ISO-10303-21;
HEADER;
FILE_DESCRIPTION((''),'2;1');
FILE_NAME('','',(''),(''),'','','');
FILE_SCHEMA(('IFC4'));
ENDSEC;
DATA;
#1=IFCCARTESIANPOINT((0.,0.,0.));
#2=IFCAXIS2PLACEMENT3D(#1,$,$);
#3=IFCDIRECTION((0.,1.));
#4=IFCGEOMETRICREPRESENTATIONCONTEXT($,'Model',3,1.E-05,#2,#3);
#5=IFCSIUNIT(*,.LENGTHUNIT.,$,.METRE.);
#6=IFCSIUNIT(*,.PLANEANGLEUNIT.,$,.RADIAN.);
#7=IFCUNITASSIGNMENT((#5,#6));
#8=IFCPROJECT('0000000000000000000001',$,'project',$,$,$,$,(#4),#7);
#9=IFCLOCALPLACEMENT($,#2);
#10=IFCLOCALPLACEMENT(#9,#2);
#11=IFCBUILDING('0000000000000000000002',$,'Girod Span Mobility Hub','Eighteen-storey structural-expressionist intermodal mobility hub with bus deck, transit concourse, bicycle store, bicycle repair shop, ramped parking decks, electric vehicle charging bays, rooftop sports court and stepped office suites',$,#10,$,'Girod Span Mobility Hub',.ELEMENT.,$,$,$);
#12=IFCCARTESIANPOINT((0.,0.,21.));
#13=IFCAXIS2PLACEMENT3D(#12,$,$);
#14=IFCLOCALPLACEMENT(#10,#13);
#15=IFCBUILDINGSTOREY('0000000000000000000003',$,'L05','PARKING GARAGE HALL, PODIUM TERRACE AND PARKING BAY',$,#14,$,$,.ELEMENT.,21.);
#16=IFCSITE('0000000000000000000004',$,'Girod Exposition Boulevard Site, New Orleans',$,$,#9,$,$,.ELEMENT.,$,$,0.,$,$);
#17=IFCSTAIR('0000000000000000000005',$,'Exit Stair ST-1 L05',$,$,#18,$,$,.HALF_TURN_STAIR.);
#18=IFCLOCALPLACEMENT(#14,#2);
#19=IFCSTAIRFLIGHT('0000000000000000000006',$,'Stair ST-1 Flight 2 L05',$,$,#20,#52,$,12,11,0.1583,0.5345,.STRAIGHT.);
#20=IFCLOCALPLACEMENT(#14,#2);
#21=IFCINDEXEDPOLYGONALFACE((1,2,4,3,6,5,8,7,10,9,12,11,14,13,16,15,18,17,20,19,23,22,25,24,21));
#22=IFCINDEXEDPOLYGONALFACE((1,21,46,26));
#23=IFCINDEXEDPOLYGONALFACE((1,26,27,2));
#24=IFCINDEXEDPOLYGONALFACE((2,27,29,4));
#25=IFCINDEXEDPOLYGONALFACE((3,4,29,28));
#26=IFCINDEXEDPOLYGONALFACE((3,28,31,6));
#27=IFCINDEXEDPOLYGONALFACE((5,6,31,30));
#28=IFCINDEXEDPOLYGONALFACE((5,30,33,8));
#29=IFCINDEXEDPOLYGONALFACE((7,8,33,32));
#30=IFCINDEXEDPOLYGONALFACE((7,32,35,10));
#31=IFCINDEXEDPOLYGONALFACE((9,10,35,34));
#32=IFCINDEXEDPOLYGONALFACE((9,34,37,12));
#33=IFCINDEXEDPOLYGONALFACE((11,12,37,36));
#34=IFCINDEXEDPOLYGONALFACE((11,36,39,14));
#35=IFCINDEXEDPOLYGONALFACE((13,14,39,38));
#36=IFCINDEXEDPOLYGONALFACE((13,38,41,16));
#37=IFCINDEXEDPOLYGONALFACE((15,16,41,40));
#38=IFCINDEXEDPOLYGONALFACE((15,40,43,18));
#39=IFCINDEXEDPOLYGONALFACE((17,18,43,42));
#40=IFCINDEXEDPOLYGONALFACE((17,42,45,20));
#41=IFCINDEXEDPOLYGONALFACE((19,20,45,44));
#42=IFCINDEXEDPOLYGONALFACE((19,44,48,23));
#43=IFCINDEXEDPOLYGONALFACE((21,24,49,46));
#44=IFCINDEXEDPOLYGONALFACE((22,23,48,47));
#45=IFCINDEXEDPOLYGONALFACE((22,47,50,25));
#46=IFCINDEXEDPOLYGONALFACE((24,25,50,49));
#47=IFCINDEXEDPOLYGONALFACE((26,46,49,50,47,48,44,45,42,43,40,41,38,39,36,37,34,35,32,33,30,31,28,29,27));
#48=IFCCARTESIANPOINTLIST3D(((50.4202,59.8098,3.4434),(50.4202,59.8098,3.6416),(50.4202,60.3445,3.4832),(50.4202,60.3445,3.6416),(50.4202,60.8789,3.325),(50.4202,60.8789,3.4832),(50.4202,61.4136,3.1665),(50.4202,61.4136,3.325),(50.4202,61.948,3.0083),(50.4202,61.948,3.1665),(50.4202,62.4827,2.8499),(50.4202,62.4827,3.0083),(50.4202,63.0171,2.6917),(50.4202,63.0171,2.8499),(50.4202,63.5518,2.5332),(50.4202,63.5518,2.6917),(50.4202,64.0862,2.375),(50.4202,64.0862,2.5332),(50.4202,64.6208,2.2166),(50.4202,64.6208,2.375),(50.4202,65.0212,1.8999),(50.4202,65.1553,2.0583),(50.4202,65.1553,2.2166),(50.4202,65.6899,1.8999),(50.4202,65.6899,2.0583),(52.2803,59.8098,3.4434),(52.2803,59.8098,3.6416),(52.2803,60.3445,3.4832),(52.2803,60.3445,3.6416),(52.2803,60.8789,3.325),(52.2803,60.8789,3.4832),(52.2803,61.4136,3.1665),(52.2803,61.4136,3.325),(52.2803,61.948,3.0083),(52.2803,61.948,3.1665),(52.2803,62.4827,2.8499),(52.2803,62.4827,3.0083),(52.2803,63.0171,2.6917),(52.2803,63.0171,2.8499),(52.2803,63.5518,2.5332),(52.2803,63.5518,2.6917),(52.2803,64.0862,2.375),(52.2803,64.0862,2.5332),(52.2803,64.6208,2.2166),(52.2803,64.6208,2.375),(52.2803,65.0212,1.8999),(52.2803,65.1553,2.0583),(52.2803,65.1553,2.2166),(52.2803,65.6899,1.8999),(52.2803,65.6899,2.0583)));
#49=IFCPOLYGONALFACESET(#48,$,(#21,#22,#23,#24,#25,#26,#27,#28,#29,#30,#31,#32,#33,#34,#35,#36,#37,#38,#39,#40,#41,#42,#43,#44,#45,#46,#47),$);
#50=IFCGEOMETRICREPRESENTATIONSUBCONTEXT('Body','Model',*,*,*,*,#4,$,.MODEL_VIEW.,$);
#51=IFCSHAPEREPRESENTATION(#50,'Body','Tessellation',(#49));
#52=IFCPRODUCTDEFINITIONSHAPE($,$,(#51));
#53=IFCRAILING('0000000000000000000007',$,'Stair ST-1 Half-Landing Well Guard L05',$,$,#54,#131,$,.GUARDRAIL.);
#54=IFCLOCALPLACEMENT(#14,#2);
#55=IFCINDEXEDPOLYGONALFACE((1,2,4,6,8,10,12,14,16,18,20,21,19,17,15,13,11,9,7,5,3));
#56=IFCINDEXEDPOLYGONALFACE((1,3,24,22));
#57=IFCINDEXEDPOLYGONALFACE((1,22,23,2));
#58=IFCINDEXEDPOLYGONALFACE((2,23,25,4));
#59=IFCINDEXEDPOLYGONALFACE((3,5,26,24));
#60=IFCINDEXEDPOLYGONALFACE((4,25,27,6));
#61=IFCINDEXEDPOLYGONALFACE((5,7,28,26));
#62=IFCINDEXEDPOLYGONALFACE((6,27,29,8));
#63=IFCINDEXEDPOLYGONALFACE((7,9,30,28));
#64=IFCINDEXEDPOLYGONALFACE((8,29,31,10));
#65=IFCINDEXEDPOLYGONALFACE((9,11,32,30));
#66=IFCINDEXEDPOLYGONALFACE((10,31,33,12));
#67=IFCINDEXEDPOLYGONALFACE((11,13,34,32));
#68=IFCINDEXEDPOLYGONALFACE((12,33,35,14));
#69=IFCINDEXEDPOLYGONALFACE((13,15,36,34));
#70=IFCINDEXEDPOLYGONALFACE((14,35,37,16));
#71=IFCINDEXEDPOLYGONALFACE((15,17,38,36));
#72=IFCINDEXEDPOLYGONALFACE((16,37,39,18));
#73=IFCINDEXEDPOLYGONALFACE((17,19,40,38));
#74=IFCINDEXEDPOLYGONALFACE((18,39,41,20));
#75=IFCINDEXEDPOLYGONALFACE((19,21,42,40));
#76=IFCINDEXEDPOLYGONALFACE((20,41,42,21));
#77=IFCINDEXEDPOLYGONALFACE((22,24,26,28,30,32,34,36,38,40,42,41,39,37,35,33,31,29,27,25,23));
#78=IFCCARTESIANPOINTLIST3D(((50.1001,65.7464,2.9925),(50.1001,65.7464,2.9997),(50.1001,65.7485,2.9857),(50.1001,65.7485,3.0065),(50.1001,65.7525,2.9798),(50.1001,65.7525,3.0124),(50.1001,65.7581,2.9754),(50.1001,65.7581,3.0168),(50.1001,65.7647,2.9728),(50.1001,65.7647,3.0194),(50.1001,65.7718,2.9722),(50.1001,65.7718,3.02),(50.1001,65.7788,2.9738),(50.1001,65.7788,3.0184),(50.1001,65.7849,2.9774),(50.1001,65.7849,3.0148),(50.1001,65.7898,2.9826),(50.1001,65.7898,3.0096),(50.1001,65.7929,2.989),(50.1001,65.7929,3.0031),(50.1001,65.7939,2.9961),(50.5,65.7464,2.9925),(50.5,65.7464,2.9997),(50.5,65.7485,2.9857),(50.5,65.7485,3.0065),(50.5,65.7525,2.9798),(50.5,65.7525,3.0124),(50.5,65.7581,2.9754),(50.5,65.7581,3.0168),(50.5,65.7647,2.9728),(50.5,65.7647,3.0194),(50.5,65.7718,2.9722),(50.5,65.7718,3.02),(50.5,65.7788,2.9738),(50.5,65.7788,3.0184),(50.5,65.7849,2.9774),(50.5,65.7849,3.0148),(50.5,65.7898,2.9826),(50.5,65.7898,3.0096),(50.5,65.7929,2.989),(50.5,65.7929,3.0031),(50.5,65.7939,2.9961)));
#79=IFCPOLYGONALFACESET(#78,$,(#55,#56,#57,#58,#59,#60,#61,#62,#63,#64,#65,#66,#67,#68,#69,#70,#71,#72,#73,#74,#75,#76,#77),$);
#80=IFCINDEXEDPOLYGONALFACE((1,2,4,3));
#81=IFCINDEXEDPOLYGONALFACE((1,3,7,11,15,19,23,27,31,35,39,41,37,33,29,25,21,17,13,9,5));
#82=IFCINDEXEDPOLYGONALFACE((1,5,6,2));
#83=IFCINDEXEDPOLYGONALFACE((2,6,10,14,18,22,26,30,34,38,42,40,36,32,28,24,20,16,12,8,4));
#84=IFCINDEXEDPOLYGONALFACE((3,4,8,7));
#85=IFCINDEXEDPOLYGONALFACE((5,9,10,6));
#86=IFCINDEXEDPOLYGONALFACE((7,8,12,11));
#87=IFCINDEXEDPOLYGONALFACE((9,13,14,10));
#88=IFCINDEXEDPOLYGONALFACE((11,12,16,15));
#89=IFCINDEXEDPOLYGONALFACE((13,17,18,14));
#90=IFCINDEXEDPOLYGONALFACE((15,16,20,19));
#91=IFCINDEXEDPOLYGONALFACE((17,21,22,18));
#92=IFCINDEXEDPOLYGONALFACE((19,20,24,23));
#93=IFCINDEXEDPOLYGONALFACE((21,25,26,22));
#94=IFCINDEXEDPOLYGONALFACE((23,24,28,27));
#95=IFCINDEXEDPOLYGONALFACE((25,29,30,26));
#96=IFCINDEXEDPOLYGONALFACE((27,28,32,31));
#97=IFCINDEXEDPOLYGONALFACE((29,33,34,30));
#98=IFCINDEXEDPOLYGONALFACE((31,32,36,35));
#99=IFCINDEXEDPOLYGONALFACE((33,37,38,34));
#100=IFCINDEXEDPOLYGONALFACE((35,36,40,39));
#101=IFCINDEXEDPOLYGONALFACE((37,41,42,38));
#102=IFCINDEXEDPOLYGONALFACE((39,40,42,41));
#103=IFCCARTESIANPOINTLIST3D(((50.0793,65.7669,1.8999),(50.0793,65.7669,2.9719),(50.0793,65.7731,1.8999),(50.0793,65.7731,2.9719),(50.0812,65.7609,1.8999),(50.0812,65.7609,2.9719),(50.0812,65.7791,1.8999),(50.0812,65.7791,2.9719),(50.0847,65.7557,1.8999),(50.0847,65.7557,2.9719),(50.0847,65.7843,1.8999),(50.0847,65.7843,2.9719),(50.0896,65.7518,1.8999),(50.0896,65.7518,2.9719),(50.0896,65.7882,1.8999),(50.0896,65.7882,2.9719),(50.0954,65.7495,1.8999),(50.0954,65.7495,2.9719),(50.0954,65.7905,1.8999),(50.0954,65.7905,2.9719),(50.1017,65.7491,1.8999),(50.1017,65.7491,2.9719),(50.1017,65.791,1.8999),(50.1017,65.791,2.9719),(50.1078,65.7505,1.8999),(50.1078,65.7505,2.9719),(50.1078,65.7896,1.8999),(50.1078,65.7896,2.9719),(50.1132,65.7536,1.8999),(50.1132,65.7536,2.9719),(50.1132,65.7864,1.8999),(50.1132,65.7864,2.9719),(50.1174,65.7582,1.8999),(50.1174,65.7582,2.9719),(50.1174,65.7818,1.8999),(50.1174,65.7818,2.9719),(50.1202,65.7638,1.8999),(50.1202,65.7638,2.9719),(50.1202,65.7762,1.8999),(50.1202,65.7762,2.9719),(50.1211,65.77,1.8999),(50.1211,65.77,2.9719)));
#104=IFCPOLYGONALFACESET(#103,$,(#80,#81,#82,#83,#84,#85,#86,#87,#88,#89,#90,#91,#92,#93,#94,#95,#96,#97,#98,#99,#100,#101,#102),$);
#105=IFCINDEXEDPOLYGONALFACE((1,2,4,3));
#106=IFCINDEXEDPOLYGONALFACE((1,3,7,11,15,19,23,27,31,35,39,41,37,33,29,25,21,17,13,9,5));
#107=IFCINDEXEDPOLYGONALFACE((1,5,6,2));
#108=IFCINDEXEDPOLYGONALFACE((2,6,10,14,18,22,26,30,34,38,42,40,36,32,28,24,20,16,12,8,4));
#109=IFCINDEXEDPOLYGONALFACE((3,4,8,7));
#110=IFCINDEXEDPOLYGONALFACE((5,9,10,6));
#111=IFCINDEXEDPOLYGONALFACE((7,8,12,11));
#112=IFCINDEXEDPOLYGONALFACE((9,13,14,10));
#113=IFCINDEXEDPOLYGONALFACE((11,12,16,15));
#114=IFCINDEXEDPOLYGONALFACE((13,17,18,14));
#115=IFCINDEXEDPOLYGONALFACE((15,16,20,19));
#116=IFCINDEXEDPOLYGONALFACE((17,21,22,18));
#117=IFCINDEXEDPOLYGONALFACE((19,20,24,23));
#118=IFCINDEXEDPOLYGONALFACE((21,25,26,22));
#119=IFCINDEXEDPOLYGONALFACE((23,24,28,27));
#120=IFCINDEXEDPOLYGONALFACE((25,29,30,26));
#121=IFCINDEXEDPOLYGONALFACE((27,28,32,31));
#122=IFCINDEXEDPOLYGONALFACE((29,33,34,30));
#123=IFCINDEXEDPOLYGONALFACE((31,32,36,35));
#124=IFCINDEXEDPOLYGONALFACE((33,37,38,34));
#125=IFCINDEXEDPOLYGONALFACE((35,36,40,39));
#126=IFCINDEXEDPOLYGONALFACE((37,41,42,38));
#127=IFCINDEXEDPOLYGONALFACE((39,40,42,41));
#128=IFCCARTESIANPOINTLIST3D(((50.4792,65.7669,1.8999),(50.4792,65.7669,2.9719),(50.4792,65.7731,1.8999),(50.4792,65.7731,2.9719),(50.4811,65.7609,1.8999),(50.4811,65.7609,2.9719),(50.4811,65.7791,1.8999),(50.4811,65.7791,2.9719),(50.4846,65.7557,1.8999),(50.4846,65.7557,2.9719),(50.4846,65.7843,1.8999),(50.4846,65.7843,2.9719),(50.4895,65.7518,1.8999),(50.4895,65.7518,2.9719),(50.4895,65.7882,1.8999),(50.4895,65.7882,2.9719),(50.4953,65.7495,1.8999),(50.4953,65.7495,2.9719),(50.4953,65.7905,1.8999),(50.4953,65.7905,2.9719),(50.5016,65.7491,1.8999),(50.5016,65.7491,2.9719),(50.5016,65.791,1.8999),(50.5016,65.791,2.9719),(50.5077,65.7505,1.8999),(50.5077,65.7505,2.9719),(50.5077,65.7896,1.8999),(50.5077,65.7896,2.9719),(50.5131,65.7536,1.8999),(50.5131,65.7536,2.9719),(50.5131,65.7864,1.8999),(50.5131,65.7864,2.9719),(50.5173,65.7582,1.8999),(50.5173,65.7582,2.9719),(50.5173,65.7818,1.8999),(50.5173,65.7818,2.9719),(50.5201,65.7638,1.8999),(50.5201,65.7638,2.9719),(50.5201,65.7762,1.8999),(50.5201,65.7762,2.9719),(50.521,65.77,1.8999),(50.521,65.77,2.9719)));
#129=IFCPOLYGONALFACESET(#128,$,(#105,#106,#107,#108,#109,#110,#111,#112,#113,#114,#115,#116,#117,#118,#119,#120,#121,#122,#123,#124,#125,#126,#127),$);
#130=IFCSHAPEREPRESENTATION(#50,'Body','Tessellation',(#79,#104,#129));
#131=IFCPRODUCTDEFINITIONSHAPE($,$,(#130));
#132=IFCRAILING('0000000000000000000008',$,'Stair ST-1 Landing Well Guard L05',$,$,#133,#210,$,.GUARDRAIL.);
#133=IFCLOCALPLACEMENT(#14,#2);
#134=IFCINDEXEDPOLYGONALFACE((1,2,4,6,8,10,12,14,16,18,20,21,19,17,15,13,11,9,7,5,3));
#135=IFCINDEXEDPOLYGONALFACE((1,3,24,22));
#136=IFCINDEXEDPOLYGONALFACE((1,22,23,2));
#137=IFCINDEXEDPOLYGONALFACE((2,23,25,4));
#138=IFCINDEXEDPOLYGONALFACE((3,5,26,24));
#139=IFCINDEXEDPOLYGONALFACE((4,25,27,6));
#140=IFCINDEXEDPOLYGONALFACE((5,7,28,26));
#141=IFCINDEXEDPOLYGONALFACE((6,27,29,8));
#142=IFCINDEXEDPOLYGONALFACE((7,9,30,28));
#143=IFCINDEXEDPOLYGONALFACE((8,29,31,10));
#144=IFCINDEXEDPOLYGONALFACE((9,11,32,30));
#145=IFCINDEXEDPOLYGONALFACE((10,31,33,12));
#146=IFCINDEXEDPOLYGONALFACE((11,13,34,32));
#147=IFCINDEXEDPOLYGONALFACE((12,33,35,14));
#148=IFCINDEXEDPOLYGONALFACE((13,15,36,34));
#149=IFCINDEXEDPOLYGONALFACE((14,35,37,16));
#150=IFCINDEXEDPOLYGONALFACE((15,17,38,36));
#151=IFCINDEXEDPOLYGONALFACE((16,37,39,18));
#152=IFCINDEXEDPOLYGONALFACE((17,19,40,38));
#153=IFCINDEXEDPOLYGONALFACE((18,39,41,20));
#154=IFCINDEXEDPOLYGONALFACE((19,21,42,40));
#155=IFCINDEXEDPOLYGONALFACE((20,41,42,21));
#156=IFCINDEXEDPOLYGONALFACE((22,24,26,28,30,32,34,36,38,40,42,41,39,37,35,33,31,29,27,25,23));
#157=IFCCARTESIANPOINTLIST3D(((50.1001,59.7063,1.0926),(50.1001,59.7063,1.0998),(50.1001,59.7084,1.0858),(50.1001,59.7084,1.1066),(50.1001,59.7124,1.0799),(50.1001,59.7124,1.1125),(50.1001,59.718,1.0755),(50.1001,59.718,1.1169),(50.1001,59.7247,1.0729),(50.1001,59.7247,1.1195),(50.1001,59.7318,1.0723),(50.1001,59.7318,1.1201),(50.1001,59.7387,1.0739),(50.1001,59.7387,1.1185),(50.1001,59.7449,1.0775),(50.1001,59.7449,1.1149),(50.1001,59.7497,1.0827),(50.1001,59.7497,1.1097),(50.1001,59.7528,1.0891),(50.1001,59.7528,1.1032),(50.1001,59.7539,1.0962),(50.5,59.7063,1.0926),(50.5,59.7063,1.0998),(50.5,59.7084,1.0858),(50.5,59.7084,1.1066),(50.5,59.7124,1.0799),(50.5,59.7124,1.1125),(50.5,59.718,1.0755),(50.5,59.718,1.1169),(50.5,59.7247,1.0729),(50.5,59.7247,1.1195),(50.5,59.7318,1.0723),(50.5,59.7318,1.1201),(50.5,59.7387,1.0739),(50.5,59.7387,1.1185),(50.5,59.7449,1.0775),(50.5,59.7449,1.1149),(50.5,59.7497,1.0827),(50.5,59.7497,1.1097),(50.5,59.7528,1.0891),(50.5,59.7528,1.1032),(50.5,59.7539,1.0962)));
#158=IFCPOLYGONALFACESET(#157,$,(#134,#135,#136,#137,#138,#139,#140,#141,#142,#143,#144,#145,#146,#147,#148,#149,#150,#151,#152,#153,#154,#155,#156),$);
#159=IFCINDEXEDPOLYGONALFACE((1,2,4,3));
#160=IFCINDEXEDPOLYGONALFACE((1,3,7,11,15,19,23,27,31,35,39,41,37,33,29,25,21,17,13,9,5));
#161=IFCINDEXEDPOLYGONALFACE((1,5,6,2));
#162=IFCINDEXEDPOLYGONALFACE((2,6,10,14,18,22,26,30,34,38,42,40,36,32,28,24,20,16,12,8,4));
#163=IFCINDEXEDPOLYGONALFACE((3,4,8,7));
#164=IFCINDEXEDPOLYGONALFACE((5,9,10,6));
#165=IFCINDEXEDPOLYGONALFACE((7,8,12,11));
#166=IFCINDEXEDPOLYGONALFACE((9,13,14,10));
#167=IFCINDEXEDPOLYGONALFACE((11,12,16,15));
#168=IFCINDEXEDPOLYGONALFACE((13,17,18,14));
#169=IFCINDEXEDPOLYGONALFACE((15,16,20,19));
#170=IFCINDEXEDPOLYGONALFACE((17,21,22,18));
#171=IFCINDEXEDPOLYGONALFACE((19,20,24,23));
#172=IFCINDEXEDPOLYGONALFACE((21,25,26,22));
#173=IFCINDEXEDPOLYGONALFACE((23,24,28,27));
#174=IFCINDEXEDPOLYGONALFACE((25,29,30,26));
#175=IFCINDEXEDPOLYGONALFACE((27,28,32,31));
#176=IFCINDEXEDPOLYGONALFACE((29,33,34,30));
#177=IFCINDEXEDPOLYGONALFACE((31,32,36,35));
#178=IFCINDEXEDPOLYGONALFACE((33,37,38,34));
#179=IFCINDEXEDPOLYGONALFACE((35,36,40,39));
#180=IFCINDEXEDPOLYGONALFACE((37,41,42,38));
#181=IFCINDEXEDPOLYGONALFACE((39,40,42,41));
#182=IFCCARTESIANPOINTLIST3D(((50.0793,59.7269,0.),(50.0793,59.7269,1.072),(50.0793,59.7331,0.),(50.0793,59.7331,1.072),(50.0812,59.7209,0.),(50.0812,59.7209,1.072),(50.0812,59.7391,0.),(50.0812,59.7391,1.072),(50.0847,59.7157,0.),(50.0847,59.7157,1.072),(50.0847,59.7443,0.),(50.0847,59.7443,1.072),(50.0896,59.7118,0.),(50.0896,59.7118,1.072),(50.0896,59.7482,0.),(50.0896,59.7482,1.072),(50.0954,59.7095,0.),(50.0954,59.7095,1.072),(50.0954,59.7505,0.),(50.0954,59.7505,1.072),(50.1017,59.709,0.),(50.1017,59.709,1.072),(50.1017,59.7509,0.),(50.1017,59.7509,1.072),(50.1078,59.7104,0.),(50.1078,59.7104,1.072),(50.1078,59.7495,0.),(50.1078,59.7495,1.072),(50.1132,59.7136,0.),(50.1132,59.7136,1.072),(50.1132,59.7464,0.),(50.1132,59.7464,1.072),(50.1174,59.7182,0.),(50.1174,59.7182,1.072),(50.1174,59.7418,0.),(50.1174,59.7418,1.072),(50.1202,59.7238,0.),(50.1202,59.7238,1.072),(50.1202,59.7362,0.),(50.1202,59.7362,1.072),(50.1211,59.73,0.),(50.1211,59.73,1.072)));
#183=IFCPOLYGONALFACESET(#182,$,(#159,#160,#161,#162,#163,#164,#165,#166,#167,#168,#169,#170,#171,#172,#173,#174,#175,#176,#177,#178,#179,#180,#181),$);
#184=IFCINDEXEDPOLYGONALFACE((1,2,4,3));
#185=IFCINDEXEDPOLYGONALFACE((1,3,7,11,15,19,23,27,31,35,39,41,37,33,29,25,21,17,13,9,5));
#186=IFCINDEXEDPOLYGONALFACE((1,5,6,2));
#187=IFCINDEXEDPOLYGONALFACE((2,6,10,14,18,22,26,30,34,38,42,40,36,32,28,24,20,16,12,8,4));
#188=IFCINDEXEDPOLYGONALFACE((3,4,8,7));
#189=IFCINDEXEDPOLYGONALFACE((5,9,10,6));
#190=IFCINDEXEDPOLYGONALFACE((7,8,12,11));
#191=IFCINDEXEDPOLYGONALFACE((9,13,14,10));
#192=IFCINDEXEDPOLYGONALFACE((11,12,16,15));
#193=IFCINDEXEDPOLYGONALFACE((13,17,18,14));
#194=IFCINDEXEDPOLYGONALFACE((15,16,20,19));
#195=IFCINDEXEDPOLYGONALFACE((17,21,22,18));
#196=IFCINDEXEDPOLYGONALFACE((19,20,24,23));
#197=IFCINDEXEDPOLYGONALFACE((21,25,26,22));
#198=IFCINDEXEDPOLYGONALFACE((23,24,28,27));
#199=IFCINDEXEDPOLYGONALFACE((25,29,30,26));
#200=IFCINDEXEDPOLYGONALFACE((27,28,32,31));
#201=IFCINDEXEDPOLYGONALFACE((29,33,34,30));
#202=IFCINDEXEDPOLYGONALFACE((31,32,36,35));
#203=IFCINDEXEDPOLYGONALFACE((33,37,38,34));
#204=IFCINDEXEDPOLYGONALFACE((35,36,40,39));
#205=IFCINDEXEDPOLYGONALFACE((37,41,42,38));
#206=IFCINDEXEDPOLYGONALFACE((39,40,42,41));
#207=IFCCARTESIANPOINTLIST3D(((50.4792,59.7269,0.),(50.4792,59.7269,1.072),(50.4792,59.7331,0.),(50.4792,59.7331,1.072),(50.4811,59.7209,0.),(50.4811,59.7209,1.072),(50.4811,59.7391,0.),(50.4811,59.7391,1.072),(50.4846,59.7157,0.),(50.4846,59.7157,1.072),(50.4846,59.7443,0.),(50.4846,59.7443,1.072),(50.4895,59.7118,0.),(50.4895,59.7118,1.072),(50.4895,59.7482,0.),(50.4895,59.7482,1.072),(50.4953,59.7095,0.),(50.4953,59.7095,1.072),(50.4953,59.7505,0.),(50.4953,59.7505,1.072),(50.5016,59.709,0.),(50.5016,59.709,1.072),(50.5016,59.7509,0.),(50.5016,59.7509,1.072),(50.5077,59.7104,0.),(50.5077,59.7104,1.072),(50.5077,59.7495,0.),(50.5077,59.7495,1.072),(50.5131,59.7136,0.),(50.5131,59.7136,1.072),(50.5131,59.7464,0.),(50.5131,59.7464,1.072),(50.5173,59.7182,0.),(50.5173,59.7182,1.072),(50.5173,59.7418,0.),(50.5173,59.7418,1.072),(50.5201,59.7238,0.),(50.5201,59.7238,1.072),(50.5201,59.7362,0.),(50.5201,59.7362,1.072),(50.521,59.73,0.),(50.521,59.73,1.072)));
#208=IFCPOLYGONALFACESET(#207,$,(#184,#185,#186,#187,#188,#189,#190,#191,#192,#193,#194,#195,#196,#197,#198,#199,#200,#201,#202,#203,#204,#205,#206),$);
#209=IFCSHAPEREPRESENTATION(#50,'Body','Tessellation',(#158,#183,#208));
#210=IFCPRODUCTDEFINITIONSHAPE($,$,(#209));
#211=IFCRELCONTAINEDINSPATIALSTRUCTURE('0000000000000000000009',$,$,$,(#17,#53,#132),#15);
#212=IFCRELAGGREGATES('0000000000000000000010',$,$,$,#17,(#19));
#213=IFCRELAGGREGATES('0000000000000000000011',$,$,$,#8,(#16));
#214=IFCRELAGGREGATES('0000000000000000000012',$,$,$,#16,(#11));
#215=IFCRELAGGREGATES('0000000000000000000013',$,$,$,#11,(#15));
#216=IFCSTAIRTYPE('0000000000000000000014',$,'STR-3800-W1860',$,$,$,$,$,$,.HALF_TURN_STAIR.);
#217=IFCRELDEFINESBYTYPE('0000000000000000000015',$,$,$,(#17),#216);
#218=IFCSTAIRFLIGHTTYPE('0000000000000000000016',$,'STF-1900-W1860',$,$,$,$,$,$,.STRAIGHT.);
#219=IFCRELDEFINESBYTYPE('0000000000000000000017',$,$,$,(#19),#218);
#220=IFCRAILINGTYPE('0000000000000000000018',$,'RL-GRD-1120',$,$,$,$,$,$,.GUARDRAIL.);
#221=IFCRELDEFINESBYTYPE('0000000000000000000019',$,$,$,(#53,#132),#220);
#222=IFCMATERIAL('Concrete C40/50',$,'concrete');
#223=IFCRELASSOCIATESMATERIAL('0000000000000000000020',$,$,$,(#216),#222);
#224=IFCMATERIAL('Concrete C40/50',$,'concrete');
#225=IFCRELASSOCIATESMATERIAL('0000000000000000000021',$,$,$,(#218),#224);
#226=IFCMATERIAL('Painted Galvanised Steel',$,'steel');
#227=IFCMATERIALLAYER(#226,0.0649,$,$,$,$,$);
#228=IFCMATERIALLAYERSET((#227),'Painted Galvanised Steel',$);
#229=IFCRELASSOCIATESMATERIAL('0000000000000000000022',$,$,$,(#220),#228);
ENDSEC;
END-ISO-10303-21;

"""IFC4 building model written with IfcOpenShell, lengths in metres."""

from ifc_helpers import new_model, si_unit, direction, frame, origin, origin_2d, place, context, subcontext, project, spatial, polyline, circle, outline, extrude, material, layer, layer_set, type_object, element, aggregate, save


model = new_model("IFC4")

# Units and contexts
model_context = context("Model", 3, precision=1e-05, world=origin(), true_north=direction((0.0, 1.0)))
body_context = subcontext(model_context, "Body", "Model", "MODEL_VIEW")
ifc_project = project(units=[si_unit("LENGTHUNIT", "METRE"), si_unit("PLANEANGLEUNIT", "RADIAN")], contexts=[model_context])

# Site, building, storey
site_placement = place(None, origin())
site = spatial("IfcSite", under=ifc_project, at=site_placement, Name="Girod Exposition Boulevard Site, New Orleans", CompositionType="ELEMENT", RefElevation=0.0)
building_placement = place(site_placement, origin())
building = spatial("IfcBuilding", under=site, at=building_placement, Name="Girod Span Mobility Hub", Description="Eighteen-storey structural-expressionist intermodal mobility hub with bus deck, transit concourse, bicycle store, bicycle repair shop, ramped parking decks, electric vehicle charging bays, rooftop sports court and stepped office suites", LongName="Girod Span Mobility Hub", CompositionType="ELEMENT")
storey_placement = place(building_placement, frame((0.0, 0.0, 21.0)))
storey = spatial("IfcBuildingStorey", under=building, at=storey_placement, Name="L05", Description="PARKING GARAGE HALL, PODIUM TERRACE AND PARKING BAY", CompositionType="ELEMENT", Elevation=21.0)

# Stair, stair flight
ifc_material_1 = material(Name="Concrete C40/50", Category="concrete")
stair_type = type_object("IfcStairType", Name="STR-3800-W1860", PredefinedType="HALF_TURN_STAIR", material=ifc_material_1)
stair_placement = place(storey_placement, origin())
stair = element("IfcStair", 1, at=stair_placement, inside=storey, type_object=stair_type, Name="Exit Stair ST-1 L05", PredefinedType="HALF_TURN_STAIR")
ifc_material_2 = material(Name="Concrete C40/50", Category="concrete")
stair_flight_type = type_object("IfcStairFlightType", Name="STF-1900-W1860", PredefinedType="STRAIGHT", material=ifc_material_2)
stair_flight_1_placement = place(storey_placement, frame((51.3501, 65.6899, 1.8999), z_axis=(0.0, 0.0, 1.0), x_axis=(0.0, -1.0, 0.0)))
stair_flight_1 = element("IfcStairFlight", 2, at=stair_flight_1_placement, type_object=stair_flight_type, Name="Stair ST-1 Flight 2 L05", NumberOfRisers=12, NumberOfTreads=11, PredefinedType="STRAIGHT", RiserHeight=0.1583, TreadLength=0.5345, context=body_context, shape_type="SweptSolid", body=[
    extrude(outline(polyline([(0.0, 0.0), (0.0, 0.1584), (0.5347, 0.1584), (0.5347, 0.3167), (1.0691, 0.3167), (1.0691, 0.4751), (1.6038, 0.4751), (1.6038, 0.6333), (2.1382, 0.6333), (2.1382, 0.7917), (2.6729, 0.7917), (2.6729, 0.95), (3.2073, 0.95), (3.2073, 1.1084), (3.7419, 1.1084), (3.7419, 1.2666), (4.2764, 1.2666), (4.2764, 1.425), (4.811, 1.425), (4.811, 1.5833), (5.3455, 1.5833), (5.3455, 1.7417), (5.8801, 1.7417), (5.8801, 1.8999), (5.8801, 1.5435), (0.6687, 0.0), (0.0, 0.0)])), frame((0.0, 0.9302, 0.0), z_axis=(0.0, -1.0, 0.0), x_axis=(1.0, 0.0, 0.0)), (0.0, 0.0, 1.0), 1.8601),
])
aggregate(stair, [stair_flight_1])

# Railings
ifc_material_3 = material(Name="Painted Galvanised Steel", Category="steel")
ifc_layer_1 = layer(ifc_material_3, 0.0649)
ifc_layer_set_1 = layer_set([ifc_layer_1], Name="Painted Galvanised Steel")
railing_type_1 = type_object("IfcRailingType", Name="RL-GRD-1120", PredefinedType="GUARDRAIL", material=ifc_layer_set_1)
for number, where, name in (
    (3, (50.1001, 65.77, 1.8999), "Stair ST-1 Half-Landing Well Guard L05"),
    (4, (50.1001, 59.73, 0.0), "Stair ST-1 Landing Well Guard L05"),
):
    element("IfcRailing", number, at=place(storey_placement, frame(where)), inside=storey, type_object=railing_type_1, Name=name, PredefinedType="GUARDRAIL", context=body_context, shape_type="SweptSolid", body=[
        extrude(circle(Radius=0.0239, at=origin_2d()), frame((0.0, 0.0, 1.0962), z_axis=(1.0, 0.0, 0.0), x_axis=(0.0, 1.0, 0.0)), (0.0, 0.0, 1.0), 0.3999),
        extrude(circle(Radius=0.021, at=origin_2d()), origin(), (0.0, 0.0, 1.0), 1.072),
        extrude(circle(Radius=0.021, at=origin_2d()), frame((0.3999, 0.0, 0.0)), (0.0, 0.0, 1.0), 1.072),
    ])

save(model, "model.ifc")
